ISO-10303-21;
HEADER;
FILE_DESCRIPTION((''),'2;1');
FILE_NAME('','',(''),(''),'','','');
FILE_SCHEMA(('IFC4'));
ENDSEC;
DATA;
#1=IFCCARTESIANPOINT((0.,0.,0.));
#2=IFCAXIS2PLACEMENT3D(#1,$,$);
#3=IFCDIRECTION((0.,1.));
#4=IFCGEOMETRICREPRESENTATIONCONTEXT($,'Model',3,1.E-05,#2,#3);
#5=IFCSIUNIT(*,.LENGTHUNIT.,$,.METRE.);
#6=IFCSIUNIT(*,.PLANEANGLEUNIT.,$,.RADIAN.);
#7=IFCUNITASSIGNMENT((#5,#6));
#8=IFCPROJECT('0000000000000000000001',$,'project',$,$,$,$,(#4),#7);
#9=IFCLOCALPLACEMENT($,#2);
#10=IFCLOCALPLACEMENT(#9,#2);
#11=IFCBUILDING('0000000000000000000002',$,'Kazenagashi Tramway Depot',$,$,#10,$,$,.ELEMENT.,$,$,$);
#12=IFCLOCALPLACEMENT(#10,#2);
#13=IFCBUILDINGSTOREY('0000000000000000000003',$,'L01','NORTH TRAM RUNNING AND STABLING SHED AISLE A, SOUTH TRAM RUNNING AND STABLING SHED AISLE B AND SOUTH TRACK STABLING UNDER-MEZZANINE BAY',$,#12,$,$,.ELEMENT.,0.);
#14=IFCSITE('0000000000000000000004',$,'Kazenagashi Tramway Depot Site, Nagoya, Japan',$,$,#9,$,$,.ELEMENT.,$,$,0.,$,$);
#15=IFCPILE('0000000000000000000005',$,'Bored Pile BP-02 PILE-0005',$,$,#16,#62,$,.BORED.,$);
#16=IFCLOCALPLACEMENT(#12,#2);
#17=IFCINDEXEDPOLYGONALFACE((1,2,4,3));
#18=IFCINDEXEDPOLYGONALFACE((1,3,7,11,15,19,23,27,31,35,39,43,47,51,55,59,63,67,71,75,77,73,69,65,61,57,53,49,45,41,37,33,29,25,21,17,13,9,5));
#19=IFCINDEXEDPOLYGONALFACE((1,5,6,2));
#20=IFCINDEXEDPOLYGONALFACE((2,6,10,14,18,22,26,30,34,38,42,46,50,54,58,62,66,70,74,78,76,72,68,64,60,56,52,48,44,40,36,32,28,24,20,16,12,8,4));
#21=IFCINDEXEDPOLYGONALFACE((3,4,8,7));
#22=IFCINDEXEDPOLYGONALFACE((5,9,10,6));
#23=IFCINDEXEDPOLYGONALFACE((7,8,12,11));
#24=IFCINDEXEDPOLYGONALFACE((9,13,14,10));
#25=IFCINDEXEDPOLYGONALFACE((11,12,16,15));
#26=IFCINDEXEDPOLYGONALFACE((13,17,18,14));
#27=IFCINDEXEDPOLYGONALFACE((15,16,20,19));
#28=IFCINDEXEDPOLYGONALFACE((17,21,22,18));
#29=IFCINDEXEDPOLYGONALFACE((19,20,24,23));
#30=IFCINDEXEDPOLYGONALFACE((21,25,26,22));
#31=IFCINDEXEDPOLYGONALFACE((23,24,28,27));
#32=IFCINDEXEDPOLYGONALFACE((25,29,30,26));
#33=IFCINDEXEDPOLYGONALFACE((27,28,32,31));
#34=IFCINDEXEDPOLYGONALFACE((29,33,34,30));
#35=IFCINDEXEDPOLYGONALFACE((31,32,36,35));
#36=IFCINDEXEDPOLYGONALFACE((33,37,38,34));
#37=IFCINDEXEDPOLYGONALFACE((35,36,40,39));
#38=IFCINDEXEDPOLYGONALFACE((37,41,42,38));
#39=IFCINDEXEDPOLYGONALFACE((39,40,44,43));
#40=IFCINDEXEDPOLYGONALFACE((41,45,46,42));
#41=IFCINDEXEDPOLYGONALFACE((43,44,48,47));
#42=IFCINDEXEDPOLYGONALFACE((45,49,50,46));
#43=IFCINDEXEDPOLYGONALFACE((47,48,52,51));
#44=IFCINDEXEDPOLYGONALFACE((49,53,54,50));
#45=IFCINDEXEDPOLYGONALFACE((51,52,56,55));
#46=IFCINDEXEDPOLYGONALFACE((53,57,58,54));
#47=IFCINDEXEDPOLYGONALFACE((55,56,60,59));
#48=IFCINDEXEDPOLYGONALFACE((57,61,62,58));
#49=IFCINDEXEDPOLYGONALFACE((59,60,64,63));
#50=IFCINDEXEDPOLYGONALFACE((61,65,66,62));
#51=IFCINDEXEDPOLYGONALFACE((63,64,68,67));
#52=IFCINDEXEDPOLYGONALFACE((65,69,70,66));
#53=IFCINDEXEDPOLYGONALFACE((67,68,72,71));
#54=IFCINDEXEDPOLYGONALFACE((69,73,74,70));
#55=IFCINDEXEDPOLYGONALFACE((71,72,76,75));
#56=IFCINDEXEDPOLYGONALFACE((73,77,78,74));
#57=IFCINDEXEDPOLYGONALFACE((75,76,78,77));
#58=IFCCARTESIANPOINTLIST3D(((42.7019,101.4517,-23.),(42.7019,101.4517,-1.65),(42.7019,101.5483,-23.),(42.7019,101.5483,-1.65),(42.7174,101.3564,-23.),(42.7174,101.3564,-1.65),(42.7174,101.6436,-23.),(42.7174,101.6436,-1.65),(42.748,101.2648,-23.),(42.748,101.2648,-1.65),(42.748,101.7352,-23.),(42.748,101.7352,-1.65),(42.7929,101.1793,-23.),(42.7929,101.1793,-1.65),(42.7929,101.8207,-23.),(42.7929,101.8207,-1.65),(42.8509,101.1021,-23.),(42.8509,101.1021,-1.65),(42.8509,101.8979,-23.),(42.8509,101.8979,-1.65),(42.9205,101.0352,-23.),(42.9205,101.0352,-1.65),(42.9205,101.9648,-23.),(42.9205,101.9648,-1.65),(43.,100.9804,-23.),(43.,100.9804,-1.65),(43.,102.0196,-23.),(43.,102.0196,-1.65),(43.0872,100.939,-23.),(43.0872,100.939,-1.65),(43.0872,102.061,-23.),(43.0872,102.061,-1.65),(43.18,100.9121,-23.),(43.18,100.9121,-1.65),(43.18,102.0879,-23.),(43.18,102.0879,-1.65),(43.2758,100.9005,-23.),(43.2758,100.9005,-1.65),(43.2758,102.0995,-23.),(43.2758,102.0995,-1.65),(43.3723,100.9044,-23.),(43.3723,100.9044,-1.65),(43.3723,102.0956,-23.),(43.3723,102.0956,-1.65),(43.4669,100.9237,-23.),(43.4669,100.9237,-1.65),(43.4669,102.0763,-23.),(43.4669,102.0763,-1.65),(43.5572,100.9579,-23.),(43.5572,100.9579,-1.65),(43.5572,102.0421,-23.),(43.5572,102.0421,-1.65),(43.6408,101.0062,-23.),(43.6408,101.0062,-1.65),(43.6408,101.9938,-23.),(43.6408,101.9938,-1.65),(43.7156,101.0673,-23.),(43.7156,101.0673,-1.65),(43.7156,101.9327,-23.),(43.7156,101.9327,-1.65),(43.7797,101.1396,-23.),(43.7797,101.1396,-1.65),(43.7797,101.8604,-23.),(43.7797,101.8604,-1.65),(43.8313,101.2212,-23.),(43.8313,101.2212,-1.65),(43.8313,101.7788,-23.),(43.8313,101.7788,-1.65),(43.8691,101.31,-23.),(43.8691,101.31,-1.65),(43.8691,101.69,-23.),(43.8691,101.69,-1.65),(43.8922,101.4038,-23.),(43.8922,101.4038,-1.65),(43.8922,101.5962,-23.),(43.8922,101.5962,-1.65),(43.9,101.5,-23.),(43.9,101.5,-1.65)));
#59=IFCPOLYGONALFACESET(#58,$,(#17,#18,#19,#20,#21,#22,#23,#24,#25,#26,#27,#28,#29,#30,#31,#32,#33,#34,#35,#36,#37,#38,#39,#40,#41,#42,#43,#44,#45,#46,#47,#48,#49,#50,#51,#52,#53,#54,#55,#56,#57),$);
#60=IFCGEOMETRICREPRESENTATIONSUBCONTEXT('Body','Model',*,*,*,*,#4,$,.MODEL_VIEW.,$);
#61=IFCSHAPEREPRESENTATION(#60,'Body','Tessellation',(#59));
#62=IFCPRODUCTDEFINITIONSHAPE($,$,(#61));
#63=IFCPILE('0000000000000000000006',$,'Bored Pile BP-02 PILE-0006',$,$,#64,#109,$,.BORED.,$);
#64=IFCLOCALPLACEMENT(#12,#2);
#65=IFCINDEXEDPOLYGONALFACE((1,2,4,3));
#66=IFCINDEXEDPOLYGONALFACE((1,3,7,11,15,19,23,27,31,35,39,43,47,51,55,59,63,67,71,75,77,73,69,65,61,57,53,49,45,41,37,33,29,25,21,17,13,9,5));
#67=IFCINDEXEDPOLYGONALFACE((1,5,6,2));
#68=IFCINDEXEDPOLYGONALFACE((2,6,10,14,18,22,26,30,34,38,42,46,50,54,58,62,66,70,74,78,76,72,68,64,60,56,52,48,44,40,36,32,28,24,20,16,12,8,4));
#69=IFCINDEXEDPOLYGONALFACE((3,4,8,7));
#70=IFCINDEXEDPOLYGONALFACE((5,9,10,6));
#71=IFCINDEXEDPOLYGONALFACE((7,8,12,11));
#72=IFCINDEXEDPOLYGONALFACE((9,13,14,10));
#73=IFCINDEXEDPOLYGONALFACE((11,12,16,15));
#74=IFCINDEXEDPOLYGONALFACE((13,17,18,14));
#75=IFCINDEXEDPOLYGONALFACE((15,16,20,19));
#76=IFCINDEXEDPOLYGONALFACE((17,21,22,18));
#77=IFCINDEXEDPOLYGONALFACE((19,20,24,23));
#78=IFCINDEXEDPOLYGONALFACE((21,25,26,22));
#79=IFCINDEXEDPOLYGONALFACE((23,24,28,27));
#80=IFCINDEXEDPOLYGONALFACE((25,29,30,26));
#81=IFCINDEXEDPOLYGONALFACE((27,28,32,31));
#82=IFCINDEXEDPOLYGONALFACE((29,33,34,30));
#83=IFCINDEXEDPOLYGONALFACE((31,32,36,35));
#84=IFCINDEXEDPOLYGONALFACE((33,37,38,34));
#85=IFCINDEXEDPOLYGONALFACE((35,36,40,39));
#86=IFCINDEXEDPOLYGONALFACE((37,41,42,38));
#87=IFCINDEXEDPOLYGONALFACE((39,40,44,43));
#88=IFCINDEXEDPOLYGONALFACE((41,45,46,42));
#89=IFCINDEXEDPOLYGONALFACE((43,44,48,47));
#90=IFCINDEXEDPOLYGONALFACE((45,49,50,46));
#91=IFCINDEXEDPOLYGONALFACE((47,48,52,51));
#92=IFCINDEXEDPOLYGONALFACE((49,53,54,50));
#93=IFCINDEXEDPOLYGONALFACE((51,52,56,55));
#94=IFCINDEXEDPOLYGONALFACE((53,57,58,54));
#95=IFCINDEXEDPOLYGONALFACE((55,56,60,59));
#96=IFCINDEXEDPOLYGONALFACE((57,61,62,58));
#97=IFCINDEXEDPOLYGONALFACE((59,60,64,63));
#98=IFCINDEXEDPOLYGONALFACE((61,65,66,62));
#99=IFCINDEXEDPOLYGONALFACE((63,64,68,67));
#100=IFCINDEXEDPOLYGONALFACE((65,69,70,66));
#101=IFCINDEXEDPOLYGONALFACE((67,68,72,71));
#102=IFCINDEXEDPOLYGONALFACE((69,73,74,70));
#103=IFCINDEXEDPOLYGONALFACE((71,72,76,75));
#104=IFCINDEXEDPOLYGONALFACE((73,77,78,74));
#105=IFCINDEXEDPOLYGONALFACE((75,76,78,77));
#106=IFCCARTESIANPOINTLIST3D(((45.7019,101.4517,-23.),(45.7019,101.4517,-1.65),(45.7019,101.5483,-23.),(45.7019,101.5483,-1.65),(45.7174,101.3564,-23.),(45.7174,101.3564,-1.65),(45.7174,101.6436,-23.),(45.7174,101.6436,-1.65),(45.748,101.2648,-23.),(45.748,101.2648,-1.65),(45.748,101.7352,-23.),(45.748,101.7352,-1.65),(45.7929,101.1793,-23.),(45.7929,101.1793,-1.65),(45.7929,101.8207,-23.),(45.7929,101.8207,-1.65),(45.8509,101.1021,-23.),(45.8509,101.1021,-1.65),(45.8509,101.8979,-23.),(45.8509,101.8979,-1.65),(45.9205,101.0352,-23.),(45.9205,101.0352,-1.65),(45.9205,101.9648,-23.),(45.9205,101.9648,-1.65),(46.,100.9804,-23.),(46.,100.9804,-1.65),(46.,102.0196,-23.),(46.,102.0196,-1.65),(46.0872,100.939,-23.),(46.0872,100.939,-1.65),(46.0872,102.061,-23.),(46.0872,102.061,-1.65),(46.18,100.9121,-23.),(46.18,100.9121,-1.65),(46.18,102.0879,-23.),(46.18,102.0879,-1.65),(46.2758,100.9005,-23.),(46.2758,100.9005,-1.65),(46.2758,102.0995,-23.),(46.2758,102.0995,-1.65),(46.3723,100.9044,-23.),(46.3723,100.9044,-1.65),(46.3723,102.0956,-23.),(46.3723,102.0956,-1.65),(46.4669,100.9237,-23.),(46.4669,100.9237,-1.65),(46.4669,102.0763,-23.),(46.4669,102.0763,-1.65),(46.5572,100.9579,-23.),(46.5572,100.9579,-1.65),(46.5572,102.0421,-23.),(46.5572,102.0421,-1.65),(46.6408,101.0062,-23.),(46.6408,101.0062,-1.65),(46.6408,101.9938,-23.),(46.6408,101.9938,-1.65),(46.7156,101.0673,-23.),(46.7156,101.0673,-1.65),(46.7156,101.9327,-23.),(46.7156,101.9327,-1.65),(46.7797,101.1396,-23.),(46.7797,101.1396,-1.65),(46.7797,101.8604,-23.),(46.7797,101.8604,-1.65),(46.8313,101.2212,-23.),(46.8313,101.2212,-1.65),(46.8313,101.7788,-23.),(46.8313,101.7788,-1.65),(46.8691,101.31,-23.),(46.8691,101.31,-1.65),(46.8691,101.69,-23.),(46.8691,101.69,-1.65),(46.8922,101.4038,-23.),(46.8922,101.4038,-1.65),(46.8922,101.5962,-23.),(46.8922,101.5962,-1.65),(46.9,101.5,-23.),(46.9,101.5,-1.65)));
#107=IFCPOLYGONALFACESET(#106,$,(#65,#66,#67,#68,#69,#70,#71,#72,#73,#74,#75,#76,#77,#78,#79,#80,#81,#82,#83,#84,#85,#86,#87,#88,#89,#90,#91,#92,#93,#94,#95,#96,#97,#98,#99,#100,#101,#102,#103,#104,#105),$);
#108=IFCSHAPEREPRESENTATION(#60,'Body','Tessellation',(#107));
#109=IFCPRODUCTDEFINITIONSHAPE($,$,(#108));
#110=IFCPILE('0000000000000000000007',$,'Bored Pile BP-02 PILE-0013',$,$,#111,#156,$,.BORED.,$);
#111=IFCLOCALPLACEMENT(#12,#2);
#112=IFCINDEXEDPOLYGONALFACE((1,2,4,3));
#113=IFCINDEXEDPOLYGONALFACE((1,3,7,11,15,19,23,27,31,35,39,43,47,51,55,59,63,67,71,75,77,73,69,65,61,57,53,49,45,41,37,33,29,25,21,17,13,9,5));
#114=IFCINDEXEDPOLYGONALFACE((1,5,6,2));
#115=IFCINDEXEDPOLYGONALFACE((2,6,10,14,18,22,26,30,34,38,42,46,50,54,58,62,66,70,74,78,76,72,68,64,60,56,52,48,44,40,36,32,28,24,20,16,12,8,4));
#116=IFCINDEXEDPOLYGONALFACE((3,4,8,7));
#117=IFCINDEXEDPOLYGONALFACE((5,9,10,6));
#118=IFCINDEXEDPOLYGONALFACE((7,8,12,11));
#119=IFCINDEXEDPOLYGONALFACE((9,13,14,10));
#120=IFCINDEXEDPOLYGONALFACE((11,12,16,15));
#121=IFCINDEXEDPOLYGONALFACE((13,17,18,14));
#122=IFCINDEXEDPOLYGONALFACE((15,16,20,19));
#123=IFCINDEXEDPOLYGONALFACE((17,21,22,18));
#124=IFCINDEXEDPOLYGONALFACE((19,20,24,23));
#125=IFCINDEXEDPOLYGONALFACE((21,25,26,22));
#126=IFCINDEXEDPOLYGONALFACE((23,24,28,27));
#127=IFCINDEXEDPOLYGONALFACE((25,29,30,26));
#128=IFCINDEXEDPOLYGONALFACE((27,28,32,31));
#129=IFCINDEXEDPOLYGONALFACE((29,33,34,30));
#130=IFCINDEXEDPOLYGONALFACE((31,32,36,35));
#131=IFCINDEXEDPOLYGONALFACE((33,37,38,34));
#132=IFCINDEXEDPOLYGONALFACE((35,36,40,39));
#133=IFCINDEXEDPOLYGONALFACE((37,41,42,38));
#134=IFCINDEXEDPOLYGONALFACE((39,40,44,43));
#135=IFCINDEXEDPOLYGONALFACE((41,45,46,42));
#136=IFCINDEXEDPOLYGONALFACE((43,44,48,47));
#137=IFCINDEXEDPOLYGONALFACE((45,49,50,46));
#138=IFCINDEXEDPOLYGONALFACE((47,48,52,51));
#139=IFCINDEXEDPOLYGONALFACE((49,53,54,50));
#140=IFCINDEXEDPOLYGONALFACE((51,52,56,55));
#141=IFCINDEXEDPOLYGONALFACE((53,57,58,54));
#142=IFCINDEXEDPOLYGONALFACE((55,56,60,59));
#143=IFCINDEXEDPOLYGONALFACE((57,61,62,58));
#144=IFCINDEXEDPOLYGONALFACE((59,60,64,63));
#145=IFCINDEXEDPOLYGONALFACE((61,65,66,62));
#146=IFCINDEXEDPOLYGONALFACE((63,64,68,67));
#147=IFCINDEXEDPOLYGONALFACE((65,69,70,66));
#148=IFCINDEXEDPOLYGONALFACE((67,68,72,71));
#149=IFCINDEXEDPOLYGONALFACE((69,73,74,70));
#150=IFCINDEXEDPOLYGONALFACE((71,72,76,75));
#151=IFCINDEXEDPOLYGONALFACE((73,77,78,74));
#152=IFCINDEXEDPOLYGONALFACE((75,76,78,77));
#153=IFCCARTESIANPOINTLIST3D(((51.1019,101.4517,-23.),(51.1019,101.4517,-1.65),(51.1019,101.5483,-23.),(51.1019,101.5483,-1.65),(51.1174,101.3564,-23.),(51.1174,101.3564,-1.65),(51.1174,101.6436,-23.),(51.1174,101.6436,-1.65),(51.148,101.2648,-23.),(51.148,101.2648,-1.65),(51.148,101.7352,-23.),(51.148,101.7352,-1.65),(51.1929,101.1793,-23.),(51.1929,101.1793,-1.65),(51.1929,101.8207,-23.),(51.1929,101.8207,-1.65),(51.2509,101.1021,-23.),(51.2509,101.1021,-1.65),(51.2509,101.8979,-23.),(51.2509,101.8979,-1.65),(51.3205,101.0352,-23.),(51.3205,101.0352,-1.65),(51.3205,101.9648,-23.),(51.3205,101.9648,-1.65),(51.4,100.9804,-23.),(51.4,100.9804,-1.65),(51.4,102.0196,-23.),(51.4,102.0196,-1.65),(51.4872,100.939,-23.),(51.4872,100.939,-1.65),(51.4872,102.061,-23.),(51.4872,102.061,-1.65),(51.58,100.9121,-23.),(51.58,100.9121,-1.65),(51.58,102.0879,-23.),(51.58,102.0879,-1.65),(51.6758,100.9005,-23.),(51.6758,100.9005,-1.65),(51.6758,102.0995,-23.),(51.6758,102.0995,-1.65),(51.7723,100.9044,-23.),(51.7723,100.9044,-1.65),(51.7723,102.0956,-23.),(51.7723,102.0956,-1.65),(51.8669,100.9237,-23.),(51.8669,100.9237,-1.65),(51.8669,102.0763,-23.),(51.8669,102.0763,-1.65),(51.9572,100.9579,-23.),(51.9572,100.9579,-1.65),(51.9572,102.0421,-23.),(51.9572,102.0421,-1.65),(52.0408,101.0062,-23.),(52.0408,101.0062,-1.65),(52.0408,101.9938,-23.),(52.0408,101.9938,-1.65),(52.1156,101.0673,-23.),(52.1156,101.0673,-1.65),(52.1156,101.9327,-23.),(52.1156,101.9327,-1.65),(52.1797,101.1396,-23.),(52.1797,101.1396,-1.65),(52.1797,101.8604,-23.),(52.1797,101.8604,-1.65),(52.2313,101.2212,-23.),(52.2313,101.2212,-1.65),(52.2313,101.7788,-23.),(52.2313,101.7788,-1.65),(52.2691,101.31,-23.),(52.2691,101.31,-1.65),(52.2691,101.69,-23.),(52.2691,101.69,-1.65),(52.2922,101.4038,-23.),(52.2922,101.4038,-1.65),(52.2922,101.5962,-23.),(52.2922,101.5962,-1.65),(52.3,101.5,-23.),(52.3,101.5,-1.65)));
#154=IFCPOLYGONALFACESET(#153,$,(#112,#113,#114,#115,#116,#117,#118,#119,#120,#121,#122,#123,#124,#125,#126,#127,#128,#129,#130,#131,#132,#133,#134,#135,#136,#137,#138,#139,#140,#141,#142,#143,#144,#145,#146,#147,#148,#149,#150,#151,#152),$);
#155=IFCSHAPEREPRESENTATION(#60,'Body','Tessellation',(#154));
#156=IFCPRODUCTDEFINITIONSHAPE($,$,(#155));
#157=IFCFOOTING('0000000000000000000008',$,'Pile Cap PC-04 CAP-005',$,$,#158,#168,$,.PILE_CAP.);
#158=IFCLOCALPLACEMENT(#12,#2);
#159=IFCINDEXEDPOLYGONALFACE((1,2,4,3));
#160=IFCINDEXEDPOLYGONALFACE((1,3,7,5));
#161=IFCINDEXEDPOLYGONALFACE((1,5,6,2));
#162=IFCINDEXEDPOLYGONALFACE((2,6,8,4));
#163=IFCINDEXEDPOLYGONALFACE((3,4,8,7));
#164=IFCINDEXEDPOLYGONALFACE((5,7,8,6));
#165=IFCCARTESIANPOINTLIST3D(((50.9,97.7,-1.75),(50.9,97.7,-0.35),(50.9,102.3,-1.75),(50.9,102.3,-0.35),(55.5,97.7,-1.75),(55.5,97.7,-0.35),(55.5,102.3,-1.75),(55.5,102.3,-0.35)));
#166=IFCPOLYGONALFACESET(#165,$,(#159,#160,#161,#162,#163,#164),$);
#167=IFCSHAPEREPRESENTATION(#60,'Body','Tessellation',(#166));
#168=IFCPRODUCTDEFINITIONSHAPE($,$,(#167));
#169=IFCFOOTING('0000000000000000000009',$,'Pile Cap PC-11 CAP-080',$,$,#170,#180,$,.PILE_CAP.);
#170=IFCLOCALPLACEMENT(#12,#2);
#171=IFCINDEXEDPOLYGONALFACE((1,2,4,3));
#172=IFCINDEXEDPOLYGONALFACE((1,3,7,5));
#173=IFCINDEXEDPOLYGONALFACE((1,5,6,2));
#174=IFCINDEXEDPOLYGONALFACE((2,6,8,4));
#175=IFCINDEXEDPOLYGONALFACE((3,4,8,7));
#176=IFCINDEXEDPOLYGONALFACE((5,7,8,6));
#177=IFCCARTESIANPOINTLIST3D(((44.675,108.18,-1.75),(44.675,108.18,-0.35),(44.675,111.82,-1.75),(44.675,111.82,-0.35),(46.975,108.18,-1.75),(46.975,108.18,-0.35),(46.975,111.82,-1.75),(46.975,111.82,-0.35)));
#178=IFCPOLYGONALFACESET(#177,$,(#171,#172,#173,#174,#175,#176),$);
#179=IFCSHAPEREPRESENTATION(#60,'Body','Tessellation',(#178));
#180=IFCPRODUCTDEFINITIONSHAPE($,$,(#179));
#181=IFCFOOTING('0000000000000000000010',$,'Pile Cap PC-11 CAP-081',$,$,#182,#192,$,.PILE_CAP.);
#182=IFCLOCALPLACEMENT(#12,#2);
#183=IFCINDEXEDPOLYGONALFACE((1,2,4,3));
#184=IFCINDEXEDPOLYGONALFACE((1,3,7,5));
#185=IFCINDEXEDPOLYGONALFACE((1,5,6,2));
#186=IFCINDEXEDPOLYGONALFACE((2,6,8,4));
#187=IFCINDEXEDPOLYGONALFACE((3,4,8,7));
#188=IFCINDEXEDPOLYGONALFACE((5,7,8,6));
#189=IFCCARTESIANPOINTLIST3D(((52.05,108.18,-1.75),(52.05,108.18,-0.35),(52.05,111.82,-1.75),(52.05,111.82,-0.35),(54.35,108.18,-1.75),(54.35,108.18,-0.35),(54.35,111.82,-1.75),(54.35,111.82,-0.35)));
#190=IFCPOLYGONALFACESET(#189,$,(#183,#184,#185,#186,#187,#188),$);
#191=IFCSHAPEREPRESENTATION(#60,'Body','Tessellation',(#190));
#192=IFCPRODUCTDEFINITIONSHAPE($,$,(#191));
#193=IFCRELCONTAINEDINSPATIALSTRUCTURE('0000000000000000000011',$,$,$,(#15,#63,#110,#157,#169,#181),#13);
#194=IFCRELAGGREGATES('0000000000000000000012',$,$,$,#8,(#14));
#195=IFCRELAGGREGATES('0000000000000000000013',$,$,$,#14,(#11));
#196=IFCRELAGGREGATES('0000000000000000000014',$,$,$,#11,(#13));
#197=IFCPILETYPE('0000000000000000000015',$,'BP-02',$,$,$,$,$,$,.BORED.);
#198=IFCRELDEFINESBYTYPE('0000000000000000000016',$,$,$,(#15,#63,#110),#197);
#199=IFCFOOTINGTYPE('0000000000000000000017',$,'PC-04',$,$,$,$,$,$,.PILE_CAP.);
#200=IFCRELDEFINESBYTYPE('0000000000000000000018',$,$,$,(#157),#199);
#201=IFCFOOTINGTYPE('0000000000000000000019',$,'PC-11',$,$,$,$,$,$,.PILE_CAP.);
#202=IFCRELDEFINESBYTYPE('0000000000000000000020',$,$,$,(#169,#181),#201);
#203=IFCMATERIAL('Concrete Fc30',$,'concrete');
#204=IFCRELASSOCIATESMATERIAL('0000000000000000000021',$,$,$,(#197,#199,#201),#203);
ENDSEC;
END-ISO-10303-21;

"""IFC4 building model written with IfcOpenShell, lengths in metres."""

from ifc_helpers import new_model, si_unit, direction, frame, origin, origin_2d, place, context, subcontext, project, spatial, rectangle, circle, extrude, material, material_profile, profile_set, type_object, element, save


model = new_model("IFC4")

# Units and contexts
model_context = context("Model", 3, precision=1e-05, world=origin(), true_north=direction((0.0, 1.0)))
body_context = subcontext(model_context, "Body", "Model", "MODEL_VIEW")
ifc_project = project(units=[si_unit("LENGTHUNIT", "METRE"), si_unit("PLANEANGLEUNIT", "RADIAN")], contexts=[model_context])

# Site, building, storey
site_placement = place(None, origin())
site = spatial("IfcSite", under=ifc_project, at=site_placement, Name="Kazenagashi Tramway Depot Site, Nagoya, Japan", CompositionType="ELEMENT", RefElevation=0.0)
building_placement = place(site_placement, origin())
building = spatial("IfcBuilding", under=site, at=building_placement, Name="Kazenagashi Tramway Depot", CompositionType="ELEMENT")
storey_placement = place(building_placement, origin())
storey = spatial("IfcBuildingStorey", under=building, at=storey_placement, Name="L01", Description="NORTH TRAM RUNNING AND STABLING SHED AISLE A, SOUTH TRAM RUNNING AND STABLING SHED AISLE B AND SOUTH TRACK STABLING UNDER-MEZZANINE BAY", CompositionType="ELEMENT", Elevation=0.0)

# Piles
ifc_material_1 = material(Name="Concrete Fc30", Category="concrete")
ifc_material_profile_1 = material_profile(ifc_material_1, circle(Radius=0.6, at=origin_2d()), Name="PILE-1200")
ifc_profile_set_1 = profile_set([ifc_material_profile_1], Name="Concrete Fc30")
pile_type_1 = type_object("IfcPileType", Name="BP-02", PredefinedType="BORED", material=ifc_profile_set_1)
for number, where, z_axis, x_axis, name in (
    (1, (43.3, 101.5, -1.65), (0.0, 0.0, -1.0), (1.0, 0.0, 0.0), "Bored Pile BP-02 PILE-0005"),
    (2, (46.3, 101.5, -1.65), (0.0, 0.0, -1.0), (1.0, 0.0, 0.0), "Bored Pile BP-02 PILE-0006"),
    (3, (51.7, 101.5, -1.65), (0.0, 0.0, -1.0), (1.0, 0.0, 0.0), "Bored Pile BP-02 PILE-0013"),
):
    element("IfcPile", number, at=place(storey_placement, frame(where, z_axis=z_axis, x_axis=x_axis)), inside=storey, type_object=pile_type_1, Name=name, PredefinedType="BORED", context=body_context, shape_type="SweptSolid", body=[
        extrude(circle(Radius=0.6, at=origin_2d()), origin(), (0.0, 0.0, 1.0), 21.35),
    ])

# Footings
footing_type_1 = type_object("IfcFootingType", Name="PC-04", PredefinedType="PILE_CAP", material=ifc_material_1)
footing_placement = place(storey_placement, frame((53.2, 100.0, -1.75), z_axis=(0.0, 0.0, 1.0), x_axis=(1.0, 0.0, 0.0)))
element("IfcFooting", 4, at=footing_placement, inside=storey, type_object=footing_type_1, Name="Pile Cap PC-04 CAP-005", PredefinedType="PILE_CAP", context=body_context, shape_type="SweptSolid", body=[
    extrude(rectangle(XDim=4.6, YDim=4.6, at=origin_2d()), origin(), (0.0, 0.0, 1.0), 1.4),
])
footing_type_2 = type_object("IfcFootingType", Name="PC-11", PredefinedType="PILE_CAP", material=ifc_material_1)
for number, where, z_axis, x_axis, name in (
    (5, (45.825, 110.0, -1.75), (0.0, 0.0, 1.0), (1.0, 0.0, 0.0), "Pile Cap PC-11 CAP-080"),
    (6, (53.2, 110.0, -1.75), (0.0, 0.0, 1.0), (1.0, 0.0, 0.0), "Pile Cap PC-11 CAP-081"),
):
    element("IfcFooting", number, at=place(storey_placement, frame(where, z_axis=z_axis, x_axis=x_axis)), inside=storey, type_object=footing_type_2, Name=name, PredefinedType="PILE_CAP", context=body_context, shape_type="SweptSolid", body=[
        extrude(rectangle(XDim=2.3, YDim=3.64, at=origin_2d()), origin(), (0.0, 0.0, 1.0), 1.4),
    ])

save(model, "model.ifc")
